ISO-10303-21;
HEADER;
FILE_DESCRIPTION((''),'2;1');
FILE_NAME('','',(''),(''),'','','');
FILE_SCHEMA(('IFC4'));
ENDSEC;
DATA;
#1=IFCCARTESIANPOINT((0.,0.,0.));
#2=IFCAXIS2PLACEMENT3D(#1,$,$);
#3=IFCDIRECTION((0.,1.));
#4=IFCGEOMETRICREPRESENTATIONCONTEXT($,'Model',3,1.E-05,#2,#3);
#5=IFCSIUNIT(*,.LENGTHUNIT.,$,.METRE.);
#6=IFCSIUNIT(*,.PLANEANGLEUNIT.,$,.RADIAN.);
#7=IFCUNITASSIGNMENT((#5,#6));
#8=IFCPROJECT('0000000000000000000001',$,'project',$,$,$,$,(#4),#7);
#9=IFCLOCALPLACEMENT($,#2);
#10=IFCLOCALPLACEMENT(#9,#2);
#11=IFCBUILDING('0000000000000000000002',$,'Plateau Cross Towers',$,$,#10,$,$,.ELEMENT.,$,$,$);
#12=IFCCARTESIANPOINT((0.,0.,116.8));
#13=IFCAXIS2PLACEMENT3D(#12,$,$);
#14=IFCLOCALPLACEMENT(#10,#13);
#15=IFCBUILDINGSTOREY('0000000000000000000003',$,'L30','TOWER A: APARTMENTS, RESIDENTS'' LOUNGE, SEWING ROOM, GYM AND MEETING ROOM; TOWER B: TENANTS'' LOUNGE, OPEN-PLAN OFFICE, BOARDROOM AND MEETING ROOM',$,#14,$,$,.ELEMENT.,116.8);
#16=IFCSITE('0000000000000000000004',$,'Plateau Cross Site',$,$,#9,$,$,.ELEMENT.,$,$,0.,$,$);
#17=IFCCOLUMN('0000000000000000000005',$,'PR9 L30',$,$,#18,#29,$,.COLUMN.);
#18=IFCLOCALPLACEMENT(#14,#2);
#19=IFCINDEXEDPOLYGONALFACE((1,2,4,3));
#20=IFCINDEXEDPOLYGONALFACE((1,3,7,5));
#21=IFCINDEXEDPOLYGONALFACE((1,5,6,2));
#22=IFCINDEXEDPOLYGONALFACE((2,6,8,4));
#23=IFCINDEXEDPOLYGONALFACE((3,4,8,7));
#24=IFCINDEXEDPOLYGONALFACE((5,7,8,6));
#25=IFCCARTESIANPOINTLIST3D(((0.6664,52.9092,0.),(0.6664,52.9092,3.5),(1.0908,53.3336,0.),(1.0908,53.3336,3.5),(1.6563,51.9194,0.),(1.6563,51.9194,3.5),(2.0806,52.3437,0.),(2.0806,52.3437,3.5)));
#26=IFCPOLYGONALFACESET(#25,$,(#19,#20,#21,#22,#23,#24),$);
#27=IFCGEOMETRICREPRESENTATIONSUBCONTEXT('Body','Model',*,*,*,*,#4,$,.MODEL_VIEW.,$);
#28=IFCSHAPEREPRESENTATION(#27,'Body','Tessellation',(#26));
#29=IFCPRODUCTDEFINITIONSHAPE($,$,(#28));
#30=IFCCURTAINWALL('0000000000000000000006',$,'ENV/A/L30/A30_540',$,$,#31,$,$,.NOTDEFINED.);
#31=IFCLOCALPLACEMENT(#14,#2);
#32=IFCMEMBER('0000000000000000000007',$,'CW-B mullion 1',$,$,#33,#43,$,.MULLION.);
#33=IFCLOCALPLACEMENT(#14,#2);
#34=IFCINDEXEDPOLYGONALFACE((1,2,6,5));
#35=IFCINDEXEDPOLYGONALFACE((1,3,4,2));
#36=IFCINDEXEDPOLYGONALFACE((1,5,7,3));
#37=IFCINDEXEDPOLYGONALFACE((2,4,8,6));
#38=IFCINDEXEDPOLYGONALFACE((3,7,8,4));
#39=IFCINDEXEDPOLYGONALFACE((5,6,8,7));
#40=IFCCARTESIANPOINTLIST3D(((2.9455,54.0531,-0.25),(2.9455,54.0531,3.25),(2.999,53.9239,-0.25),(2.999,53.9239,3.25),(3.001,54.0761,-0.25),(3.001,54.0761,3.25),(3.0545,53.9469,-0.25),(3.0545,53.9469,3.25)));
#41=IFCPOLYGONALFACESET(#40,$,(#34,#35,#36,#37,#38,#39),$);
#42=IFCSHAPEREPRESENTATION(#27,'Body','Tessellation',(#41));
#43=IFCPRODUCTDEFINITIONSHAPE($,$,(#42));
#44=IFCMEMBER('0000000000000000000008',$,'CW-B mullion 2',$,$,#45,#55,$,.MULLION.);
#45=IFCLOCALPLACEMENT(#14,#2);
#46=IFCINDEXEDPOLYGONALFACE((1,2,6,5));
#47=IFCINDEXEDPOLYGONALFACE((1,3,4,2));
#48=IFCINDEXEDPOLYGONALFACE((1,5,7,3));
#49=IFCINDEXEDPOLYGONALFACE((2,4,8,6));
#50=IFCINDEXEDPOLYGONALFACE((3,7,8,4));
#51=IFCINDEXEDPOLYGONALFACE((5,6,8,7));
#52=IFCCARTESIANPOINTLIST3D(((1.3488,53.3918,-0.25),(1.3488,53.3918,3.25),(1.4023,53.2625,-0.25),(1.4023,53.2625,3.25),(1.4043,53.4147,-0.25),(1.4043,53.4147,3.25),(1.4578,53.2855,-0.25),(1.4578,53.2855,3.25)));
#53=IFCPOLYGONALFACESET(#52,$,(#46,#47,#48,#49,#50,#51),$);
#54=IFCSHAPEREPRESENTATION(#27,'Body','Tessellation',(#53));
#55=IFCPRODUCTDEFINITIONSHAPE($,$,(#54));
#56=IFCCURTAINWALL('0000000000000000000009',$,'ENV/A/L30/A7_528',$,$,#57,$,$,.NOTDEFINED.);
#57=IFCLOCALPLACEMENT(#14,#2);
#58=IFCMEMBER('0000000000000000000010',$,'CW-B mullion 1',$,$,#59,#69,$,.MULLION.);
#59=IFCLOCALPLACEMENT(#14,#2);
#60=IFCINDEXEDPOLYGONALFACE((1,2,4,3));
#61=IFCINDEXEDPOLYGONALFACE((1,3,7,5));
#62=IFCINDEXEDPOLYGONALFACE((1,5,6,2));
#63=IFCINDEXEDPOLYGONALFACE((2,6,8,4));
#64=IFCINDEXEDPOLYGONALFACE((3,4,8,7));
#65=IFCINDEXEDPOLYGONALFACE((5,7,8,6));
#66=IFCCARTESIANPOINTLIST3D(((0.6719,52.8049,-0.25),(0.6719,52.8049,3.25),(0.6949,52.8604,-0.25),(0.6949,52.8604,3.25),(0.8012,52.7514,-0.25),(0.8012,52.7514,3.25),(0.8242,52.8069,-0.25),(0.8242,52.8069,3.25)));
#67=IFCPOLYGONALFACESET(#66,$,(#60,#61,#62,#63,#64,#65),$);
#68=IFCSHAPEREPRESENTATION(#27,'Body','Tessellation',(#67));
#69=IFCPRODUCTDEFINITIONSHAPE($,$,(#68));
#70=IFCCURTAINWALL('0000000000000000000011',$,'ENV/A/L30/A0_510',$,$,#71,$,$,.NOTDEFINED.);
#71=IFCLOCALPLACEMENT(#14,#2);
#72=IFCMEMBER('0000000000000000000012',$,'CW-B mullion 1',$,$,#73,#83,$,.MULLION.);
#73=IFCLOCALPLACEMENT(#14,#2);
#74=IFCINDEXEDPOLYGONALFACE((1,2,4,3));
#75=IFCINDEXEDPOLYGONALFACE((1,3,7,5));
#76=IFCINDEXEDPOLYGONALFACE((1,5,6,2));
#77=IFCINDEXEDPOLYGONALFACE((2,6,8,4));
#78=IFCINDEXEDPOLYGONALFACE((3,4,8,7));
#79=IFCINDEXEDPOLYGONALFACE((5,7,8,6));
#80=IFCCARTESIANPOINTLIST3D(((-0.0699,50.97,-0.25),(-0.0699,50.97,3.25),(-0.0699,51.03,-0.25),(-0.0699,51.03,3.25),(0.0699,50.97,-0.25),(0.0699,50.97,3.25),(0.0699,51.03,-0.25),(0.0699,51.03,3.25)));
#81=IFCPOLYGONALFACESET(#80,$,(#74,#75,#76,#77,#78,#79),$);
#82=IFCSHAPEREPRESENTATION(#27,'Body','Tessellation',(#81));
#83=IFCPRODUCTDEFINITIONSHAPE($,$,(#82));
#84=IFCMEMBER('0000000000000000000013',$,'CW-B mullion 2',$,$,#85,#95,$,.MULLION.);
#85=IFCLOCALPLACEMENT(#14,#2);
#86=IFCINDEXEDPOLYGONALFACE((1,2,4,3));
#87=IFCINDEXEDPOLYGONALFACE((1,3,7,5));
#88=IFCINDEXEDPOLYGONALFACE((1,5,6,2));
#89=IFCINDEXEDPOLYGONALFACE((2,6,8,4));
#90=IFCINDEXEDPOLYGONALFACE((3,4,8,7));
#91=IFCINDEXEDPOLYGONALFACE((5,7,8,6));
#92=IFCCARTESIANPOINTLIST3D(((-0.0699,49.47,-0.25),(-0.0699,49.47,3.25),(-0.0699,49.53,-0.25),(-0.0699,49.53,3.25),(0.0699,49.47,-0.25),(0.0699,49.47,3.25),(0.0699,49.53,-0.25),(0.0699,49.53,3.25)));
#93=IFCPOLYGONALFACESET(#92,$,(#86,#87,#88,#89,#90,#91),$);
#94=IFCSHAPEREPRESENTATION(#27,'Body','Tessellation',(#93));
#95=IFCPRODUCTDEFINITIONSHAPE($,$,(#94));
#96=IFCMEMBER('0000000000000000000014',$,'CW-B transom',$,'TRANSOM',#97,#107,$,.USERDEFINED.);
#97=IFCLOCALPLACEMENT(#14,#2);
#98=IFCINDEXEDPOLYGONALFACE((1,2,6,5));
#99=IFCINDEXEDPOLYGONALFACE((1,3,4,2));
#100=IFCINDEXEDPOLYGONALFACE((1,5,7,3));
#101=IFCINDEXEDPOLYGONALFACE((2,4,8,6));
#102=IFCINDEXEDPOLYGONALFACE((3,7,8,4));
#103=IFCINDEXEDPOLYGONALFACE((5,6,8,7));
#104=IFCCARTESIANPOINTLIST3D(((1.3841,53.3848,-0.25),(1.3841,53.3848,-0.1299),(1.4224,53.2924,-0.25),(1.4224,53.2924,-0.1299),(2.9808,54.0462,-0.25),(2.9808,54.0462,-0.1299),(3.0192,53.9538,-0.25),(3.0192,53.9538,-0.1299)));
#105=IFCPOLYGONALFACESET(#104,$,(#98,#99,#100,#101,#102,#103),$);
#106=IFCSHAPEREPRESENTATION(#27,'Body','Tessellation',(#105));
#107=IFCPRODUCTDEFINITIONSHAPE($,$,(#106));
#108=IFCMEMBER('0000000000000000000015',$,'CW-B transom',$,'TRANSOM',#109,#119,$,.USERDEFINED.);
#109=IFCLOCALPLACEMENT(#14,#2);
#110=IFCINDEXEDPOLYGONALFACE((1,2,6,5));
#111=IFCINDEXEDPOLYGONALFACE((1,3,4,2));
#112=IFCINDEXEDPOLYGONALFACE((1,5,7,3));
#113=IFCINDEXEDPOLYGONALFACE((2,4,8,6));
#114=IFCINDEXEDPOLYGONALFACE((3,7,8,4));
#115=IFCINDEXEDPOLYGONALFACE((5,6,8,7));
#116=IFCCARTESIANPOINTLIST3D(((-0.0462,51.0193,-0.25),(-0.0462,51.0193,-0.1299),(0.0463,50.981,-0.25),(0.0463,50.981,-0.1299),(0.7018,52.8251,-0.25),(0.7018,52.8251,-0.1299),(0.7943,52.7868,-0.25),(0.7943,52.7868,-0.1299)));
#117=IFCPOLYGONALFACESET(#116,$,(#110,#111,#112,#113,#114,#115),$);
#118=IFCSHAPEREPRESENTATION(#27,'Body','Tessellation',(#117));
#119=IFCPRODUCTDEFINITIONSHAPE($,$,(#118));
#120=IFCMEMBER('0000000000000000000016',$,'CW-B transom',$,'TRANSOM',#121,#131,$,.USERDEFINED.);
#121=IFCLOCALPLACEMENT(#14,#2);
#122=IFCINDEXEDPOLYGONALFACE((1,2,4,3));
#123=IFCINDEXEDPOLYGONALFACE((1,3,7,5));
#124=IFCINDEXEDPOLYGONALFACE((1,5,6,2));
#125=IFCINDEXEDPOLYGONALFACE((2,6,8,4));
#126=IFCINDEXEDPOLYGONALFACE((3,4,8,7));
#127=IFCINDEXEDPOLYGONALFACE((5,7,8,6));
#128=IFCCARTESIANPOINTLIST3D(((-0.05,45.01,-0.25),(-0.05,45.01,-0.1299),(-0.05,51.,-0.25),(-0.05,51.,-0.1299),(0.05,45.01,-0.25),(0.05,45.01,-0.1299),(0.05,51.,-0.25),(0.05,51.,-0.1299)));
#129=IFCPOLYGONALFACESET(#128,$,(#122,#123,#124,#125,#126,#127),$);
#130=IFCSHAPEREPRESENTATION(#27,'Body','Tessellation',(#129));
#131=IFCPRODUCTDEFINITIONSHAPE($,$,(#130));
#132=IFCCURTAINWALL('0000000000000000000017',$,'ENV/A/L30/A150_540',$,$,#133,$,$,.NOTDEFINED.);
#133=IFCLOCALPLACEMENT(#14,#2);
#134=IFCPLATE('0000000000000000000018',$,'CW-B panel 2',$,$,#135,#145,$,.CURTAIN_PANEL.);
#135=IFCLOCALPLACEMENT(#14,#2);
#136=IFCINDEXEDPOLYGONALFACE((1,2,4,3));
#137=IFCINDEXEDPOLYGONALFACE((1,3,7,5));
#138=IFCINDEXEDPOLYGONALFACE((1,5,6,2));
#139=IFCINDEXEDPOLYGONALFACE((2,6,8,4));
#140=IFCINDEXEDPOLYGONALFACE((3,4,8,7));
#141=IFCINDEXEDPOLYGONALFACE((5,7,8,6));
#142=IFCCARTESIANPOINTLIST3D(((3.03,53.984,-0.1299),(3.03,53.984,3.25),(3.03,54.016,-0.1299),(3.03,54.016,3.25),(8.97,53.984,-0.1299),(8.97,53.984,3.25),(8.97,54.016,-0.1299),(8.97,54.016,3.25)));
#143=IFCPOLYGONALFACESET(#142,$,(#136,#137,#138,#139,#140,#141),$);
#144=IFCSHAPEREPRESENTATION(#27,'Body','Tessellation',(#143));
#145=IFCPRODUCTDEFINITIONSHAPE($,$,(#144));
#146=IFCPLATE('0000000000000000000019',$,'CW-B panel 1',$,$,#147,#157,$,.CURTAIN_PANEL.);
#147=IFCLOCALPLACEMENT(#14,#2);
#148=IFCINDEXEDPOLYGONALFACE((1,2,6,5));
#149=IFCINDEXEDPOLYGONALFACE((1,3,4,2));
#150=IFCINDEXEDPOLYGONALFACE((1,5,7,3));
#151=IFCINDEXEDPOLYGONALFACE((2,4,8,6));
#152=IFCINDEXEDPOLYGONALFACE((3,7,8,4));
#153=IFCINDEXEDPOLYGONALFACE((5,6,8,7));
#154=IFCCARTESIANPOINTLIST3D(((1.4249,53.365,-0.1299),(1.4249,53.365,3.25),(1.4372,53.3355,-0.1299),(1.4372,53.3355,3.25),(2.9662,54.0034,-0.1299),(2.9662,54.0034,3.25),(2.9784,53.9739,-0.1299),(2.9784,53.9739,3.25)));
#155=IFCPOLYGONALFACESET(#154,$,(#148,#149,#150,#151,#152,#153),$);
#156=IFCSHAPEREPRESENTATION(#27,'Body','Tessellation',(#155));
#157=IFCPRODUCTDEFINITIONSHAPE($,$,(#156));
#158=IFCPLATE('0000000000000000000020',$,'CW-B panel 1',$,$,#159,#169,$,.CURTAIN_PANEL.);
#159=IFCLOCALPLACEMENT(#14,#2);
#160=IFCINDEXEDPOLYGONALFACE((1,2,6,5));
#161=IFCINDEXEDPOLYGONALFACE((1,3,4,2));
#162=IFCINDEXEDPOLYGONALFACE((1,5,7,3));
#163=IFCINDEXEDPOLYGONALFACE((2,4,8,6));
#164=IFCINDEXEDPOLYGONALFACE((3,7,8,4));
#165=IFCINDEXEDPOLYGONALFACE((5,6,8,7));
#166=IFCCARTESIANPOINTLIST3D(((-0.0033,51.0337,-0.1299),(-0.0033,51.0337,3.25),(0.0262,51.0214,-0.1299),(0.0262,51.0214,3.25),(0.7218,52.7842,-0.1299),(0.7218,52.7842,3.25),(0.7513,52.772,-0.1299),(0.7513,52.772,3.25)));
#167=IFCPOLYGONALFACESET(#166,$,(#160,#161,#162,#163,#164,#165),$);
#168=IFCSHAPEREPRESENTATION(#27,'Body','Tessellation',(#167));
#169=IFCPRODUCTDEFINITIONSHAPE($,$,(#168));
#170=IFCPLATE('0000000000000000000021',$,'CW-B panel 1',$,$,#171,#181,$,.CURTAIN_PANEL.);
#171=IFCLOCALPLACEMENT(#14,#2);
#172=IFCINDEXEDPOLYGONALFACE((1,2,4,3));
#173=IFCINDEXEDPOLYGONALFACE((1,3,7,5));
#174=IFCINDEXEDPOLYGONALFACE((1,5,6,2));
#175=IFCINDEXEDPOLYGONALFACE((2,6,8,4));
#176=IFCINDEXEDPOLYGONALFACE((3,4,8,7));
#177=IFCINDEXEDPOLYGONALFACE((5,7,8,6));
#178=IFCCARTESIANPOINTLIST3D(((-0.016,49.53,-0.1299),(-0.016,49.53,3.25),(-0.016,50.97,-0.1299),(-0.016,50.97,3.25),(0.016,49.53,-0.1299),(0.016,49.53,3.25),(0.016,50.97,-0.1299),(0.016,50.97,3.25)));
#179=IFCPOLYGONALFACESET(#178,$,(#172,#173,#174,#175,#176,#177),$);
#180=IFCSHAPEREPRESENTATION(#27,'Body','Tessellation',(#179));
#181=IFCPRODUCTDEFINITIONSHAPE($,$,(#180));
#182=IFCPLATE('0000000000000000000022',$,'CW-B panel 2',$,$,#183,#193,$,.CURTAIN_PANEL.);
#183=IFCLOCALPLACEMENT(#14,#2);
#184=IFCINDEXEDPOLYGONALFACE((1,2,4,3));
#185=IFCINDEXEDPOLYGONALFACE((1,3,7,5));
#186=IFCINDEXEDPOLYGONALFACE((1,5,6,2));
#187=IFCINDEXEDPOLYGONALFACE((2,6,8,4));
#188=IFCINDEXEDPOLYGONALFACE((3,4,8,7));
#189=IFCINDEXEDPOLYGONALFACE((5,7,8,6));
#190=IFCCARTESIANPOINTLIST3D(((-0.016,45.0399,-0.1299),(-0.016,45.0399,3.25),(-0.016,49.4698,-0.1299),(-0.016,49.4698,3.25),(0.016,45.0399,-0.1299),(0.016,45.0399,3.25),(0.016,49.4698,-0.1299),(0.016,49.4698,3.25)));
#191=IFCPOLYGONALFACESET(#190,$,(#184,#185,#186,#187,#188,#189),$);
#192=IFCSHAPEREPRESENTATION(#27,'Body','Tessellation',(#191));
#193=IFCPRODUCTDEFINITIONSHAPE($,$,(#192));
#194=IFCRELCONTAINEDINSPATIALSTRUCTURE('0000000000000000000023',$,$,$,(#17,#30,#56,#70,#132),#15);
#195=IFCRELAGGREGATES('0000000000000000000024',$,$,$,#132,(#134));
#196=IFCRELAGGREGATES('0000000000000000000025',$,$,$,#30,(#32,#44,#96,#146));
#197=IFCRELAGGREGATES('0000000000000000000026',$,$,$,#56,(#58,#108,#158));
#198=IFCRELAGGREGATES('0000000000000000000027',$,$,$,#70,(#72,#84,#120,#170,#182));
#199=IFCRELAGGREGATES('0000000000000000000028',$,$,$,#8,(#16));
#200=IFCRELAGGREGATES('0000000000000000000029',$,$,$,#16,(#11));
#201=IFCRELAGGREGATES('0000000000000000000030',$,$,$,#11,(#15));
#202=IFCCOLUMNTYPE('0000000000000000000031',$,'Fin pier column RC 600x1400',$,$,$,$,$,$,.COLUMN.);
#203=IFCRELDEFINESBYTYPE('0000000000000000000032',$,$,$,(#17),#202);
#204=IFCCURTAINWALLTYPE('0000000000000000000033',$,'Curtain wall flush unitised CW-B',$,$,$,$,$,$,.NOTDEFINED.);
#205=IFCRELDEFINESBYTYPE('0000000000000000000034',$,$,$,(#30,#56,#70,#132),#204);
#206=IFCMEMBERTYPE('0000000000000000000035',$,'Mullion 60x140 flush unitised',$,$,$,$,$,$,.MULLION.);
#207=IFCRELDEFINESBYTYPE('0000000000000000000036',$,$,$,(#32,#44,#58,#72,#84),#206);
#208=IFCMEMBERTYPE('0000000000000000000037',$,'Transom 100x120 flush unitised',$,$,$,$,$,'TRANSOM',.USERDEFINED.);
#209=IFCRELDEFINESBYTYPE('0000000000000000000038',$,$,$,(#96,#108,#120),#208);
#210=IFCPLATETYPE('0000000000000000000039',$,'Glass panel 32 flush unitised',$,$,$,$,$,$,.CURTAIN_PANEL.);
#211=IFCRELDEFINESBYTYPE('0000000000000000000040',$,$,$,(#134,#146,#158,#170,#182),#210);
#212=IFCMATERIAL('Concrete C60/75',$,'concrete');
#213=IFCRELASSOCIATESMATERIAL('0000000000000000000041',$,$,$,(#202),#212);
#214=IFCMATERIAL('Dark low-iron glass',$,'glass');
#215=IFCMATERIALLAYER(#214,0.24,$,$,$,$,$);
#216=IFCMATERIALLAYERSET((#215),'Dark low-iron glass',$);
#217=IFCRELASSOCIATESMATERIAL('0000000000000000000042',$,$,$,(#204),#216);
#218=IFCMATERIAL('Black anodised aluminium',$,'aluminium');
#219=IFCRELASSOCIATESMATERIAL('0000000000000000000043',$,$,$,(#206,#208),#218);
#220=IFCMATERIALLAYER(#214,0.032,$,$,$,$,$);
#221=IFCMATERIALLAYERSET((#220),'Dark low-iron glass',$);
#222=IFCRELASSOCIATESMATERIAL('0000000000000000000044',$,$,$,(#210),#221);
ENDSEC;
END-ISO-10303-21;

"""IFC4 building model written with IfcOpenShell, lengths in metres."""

from ifc_helpers import new_model, si_unit, direction, frame, origin, origin_2d, place, context, subcontext, project, spatial, rectangle, extrude, material, layer, layer_set, material_profile, profile_set, type_object, element, aggregate, save


model = new_model("IFC4")

# Units and contexts
model_context = context("Model", 3, precision=1e-05, world=origin(), true_north=direction((0.0, 1.0)))
body_context = subcontext(model_context, "Body", "Model", "MODEL_VIEW")
ifc_project = project(units=[si_unit("LENGTHUNIT", "METRE"), si_unit("PLANEANGLEUNIT", "RADIAN")], contexts=[model_context])

# Site, building, storey
site_placement = place(None, origin())
site = spatial("IfcSite", under=ifc_project, at=site_placement, Name="Plateau Cross Site", CompositionType="ELEMENT", RefElevation=0.0)
building_placement = place(site_placement, origin())
building = spatial("IfcBuilding", under=site, at=building_placement, Name="Plateau Cross Towers", CompositionType="ELEMENT")
storey_placement = place(building_placement, frame((0.0, 0.0, 116.8)))
storey = spatial("IfcBuildingStorey", under=building, at=storey_placement, Name="L30", Description="TOWER A: APARTMENTS, RESIDENTS' LOUNGE, SEWING ROOM, GYM AND MEETING ROOM; TOWER B: TENANTS' LOUNGE, OPEN-PLAN OFFICE, BOARDROOM AND MEETING ROOM", CompositionType="ELEMENT", Elevation=116.8)

# Column
ifc_material_1 = material(Name="Concrete C60/75", Category="concrete")
ifc_material_profile_1 = material_profile(ifc_material_1, rectangle(XDim=0.6001, YDim=1.3999, at=origin_2d()), Name="RC 600x1400")
ifc_profile_set_1 = profile_set([ifc_material_profile_1], Name="Concrete C60/75")
column_type = type_object("IfcColumnType", Name="Fin pier column RC 600x1400", PredefinedType="COLUMN", material=ifc_profile_set_1)
column_placement = place(storey_placement, frame((1.3735, 52.6265, 0.0), z_axis=(0.0, 0.0, 1.0), x_axis=(0.707107, 0.707107, 0.0)))
element("IfcColumn", 1, at=column_placement, inside=storey, type_object=column_type, Name="PR9 L30", PredefinedType="COLUMN", context=body_context, shape_type="SweptSolid", body=[
    extrude(rectangle(XDim=0.6001, YDim=1.3999, at=origin_2d()), origin(), (0.0, 0.0, 1.0), 3.5),
])

# Curtain wall, members
ifc_material_2 = material(Name="Dark low-iron glass", Category="glass")
ifc_layer_1 = layer(ifc_material_2, 0.24)
ifc_layer_set_1 = layer_set([ifc_layer_1], Name="Dark low-iron glass")
curtain_wall_type = type_object("IfcCurtainWallType", Name="Curtain wall flush unitised CW-B", PredefinedType="NOTDEFINED", material=ifc_layer_set_1)
curtain_wall_1_placement = place(storey_placement, origin())
curtain_wall_1 = element("IfcCurtainWall", 2, at=curtain_wall_1_placement, inside=storey, type_object=curtain_wall_type, Name="ENV/A/L30/A30_540", PredefinedType="NOTDEFINED")
ifc_material_3 = material(Name="Black anodised aluminium", Category="aluminium")
ifc_material_profile_2 = material_profile(ifc_material_3, rectangle(XDim=0.0601, YDim=0.1399, at=origin_2d()), Name="MULLION 60x140")
ifc_profile_set_2 = profile_set([ifc_material_profile_2], Name="Black anodised aluminium")
member_type_1 = type_object("IfcMemberType", Name="Mullion 60x140 flush unitised", PredefinedType="MULLION", material=ifc_profile_set_2)
member_1_placement = place(storey_placement, frame((3.0, 54.0, -0.25), z_axis=(0.0, 0.0, 1.0), x_axis=(-0.923879, -0.382684, 0.0)))
member_1 = element("IfcMember", 3, at=member_1_placement, type_object=member_type_1, Name="CW-B mullion 1", PredefinedType="MULLION", context=body_context, shape_type="SweptSolid", body=[
    extrude(rectangle(XDim=0.0601, YDim=0.1399, at=origin_2d()), origin(), (0.0, 0.0, 1.0), 3.5),
])
member_2_placement = place(storey_placement, frame((1.4033, 53.3386, -0.25), z_axis=(0.0, 0.0, 1.0), x_axis=(-0.923879, -0.382684, 0.0)))
member_2 = element("IfcMember", 4, at=member_2_placement, type_object=member_type_1, Name="CW-B mullion 2", PredefinedType="MULLION", context=body_context, shape_type="SweptSolid", body=[
    extrude(rectangle(XDim=0.0601, YDim=0.1399, at=origin_2d()), origin(), (0.0, 0.0, 1.0), 3.5),
])

# Curtain wall, member
curtain_wall_2_placement = place(storey_placement, origin())
curtain_wall_2 = element("IfcCurtainWall", 5, at=curtain_wall_2_placement, inside=storey, type_object=curtain_wall_type, Name="ENV/A/L30/A7_528", PredefinedType="NOTDEFINED")
member_3_placement = place(storey_placement, frame((0.748, 52.8059, -0.25), z_axis=(0.0, 0.0, 1.0), x_axis=(-0.382684, -0.923879, 0.0)))
member_3 = element("IfcMember", 6, at=member_3_placement, type_object=member_type_1, Name="CW-B mullion 1", PredefinedType="MULLION", context=body_context, shape_type="SweptSolid", body=[
    extrude(rectangle(XDim=0.0601, YDim=0.1399, at=origin_2d()), origin(), (0.0, 0.0, 1.0), 3.5),
])

# Curtain wall, members
curtain_wall_3_placement = place(storey_placement, origin())
curtain_wall_3 = element("IfcCurtainWall", 7, at=curtain_wall_3_placement, inside=storey, type_object=curtain_wall_type, Name="ENV/A/L30/A0_510", PredefinedType="NOTDEFINED")
member_4_placement = place(storey_placement, frame((0.0, 51.0, -0.25), z_axis=(0.0, 0.0, 1.0), x_axis=(0.0, -1.0, 0.0)))
member_4 = element("IfcMember", 8, at=member_4_placement, type_object=member_type_1, Name="CW-B mullion 1", PredefinedType="MULLION", context=body_context, shape_type="SweptSolid", body=[
    extrude(rectangle(XDim=0.0601, YDim=0.1399, at=origin_2d()), origin(), (0.0, 0.0, 1.0), 3.5),
])
member_5_placement = place(storey_placement, frame((0.0, 49.5, -0.25), z_axis=(0.0, 0.0, 1.0), x_axis=(0.0, -1.0, 0.0)))
member_5 = element("IfcMember", 9, at=member_5_placement, type_object=member_type_1, Name="CW-B mullion 2", PredefinedType="MULLION", context=body_context, shape_type="SweptSolid", body=[
    extrude(rectangle(XDim=0.0601, YDim=0.1399, at=origin_2d()), origin(), (0.0, 0.0, 1.0), 3.5),
])

# Members
ifc_material_profile_3 = material_profile(ifc_material_3, rectangle(XDim=0.1001, YDim=0.1201, at=origin_2d()), Name="TRANSOM 100x120")
ifc_profile_set_3 = profile_set([ifc_material_profile_3], Name="Black anodised aluminium")
member_type_2 = type_object("IfcMemberType", Name="Transom 100x120 flush unitised", ElementType="TRANSOM", PredefinedType="USERDEFINED", material=ifc_profile_set_3)
member_6_placement = place(storey_placement, frame((3.0, 54.0, -0.1899), z_axis=(-0.923877, -0.382689, 0.0), x_axis=(0.382689, -0.923877, 0.0)))
member_6 = element("IfcMember", 10, at=member_6_placement, type_object=member_type_2, Name="CW-B transom", ObjectType="TRANSOM", PredefinedType="USERDEFINED", context=body_context, shape_type="SweptSolid", body=[
    extrude(rectangle(XDim=0.1001, YDim=0.1201, at=origin_2d()), origin(), (0.0, 0.0, 1.0), 1.7283),
])
member_7_placement = place(storey_placement, frame((0.748, 52.8059, -0.1899), z_axis=(-0.38269, -0.923877, 0.0), x_axis=(0.923877, -0.38269, 0.0)))
member_7 = element("IfcMember", 11, at=member_7_placement, type_object=member_type_2, Name="CW-B transom", ObjectType="TRANSOM", PredefinedType="USERDEFINED", context=body_context, shape_type="SweptSolid", body=[
    extrude(rectangle(XDim=0.1001, YDim=0.1201, at=origin_2d()), origin(), (0.0, 0.0, 1.0), 1.9546),
])
member_8_placement = place(storey_placement, frame((0.0, 51.0, -0.1899), z_axis=(0.0, -1.0, 0.0), x_axis=(1.0, 0.0, 0.0)))
member_8 = element("IfcMember", 12, at=member_8_placement, type_object=member_type_2, Name="CW-B transom", ObjectType="TRANSOM", PredefinedType="USERDEFINED", context=body_context, shape_type="SweptSolid", body=[
    extrude(rectangle(XDim=0.1001, YDim=0.1201, at=origin_2d()), origin(), (0.0, 0.0, 1.0), 5.99),
])

# Curtain wall, plate
curtain_wall_4_placement = place(storey_placement, origin())
curtain_wall_4 = element("IfcCurtainWall", 13, at=curtain_wall_4_placement, inside=storey, type_object=curtain_wall_type, Name="ENV/A/L30/A150_540", PredefinedType="NOTDEFINED")
ifc_layer_2 = layer(ifc_material_2, 0.032)
ifc_layer_set_2 = layer_set([ifc_layer_2], Name="Dark low-iron glass")
plate_type = type_object("IfcPlateType", Name="Glass panel 32 flush unitised", PredefinedType="CURTAIN_PANEL", material=ifc_layer_set_2)
plate_1_placement = place(storey_placement, frame((6.0, 54.0, -0.1299), z_axis=(0.0, 0.0, 1.0), x_axis=(-1.0, 0.0, 0.0)))
plate_1 = element("IfcPlate", 14, at=plate_1_placement, type_object=plate_type, Name="CW-B panel 2", PredefinedType="CURTAIN_PANEL", context=body_context, shape_type="SweptSolid", body=[
    extrude(rectangle(XDim=5.9399, YDim=0.032, at=origin_2d()), origin(), (0.0, 0.0, 1.0), 3.3799),
])
aggregate(curtain_wall_4, [plate_1])

# Plates
plate_2_placement = place(storey_placement, frame((2.2017, 53.6694, -0.1299), z_axis=(0.0, 0.0, 1.0), x_axis=(-0.923879, -0.382684, 0.0)))
plate_2 = element("IfcPlate", 15, at=plate_2_placement, type_object=plate_type, Name="CW-B panel 1", PredefinedType="CURTAIN_PANEL", context=body_context, shape_type="SweptSolid", body=[
    extrude(rectangle(XDim=1.6682, YDim=0.032, at=origin_2d()), origin(), (0.0, 0.0, 1.0), 3.3799),
])
aggregate(curtain_wall_1, [member_1, member_2, member_6, plate_2])
plate_3_placement = place(storey_placement, frame((0.374, 51.9028, -0.1299), z_axis=(0.0, 0.0, 1.0), x_axis=(-0.382684, -0.923879, 0.0)))
plate_3 = element("IfcPlate", 16, at=plate_3_placement, type_object=plate_type, Name="CW-B panel 1", PredefinedType="CURTAIN_PANEL", context=body_context, shape_type="SweptSolid", body=[
    extrude(rectangle(XDim=1.8948, YDim=0.032, at=origin_2d()), origin(), (0.0, 0.0, 1.0), 3.3799),
])
aggregate(curtain_wall_2, [member_3, member_7, plate_3])
plate_4_placement = place(storey_placement, frame((0.0, 50.25, -0.1299), z_axis=(0.0, 0.0, 1.0), x_axis=(0.0, -1.0, 0.0)))
plate_4 = element("IfcPlate", 17, at=plate_4_placement, type_object=plate_type, Name="CW-B panel 1", PredefinedType="CURTAIN_PANEL", context=body_context, shape_type="SweptSolid", body=[
    extrude(rectangle(XDim=1.4399, YDim=0.032, at=origin_2d()), origin(), (0.0, 0.0, 1.0), 3.3799),
])
plate_5_placement = place(storey_placement, frame((0.0, 47.2549, -0.1299), z_axis=(0.0, 0.0, 1.0), x_axis=(0.0, -1.0, 0.0)))
plate_5 = element("IfcPlate", 18, at=plate_5_placement, type_object=plate_type, Name="CW-B panel 2", PredefinedType="CURTAIN_PANEL", context=body_context, shape_type="SweptSolid", body=[
    extrude(rectangle(XDim=4.4299, YDim=0.032, at=origin_2d()), origin(), (0.0, 0.0, 1.0), 3.3799),
])
aggregate(curtain_wall_3, [member_4, member_5, member_8, plate_4, plate_5])

save(model, "model.ifc")
